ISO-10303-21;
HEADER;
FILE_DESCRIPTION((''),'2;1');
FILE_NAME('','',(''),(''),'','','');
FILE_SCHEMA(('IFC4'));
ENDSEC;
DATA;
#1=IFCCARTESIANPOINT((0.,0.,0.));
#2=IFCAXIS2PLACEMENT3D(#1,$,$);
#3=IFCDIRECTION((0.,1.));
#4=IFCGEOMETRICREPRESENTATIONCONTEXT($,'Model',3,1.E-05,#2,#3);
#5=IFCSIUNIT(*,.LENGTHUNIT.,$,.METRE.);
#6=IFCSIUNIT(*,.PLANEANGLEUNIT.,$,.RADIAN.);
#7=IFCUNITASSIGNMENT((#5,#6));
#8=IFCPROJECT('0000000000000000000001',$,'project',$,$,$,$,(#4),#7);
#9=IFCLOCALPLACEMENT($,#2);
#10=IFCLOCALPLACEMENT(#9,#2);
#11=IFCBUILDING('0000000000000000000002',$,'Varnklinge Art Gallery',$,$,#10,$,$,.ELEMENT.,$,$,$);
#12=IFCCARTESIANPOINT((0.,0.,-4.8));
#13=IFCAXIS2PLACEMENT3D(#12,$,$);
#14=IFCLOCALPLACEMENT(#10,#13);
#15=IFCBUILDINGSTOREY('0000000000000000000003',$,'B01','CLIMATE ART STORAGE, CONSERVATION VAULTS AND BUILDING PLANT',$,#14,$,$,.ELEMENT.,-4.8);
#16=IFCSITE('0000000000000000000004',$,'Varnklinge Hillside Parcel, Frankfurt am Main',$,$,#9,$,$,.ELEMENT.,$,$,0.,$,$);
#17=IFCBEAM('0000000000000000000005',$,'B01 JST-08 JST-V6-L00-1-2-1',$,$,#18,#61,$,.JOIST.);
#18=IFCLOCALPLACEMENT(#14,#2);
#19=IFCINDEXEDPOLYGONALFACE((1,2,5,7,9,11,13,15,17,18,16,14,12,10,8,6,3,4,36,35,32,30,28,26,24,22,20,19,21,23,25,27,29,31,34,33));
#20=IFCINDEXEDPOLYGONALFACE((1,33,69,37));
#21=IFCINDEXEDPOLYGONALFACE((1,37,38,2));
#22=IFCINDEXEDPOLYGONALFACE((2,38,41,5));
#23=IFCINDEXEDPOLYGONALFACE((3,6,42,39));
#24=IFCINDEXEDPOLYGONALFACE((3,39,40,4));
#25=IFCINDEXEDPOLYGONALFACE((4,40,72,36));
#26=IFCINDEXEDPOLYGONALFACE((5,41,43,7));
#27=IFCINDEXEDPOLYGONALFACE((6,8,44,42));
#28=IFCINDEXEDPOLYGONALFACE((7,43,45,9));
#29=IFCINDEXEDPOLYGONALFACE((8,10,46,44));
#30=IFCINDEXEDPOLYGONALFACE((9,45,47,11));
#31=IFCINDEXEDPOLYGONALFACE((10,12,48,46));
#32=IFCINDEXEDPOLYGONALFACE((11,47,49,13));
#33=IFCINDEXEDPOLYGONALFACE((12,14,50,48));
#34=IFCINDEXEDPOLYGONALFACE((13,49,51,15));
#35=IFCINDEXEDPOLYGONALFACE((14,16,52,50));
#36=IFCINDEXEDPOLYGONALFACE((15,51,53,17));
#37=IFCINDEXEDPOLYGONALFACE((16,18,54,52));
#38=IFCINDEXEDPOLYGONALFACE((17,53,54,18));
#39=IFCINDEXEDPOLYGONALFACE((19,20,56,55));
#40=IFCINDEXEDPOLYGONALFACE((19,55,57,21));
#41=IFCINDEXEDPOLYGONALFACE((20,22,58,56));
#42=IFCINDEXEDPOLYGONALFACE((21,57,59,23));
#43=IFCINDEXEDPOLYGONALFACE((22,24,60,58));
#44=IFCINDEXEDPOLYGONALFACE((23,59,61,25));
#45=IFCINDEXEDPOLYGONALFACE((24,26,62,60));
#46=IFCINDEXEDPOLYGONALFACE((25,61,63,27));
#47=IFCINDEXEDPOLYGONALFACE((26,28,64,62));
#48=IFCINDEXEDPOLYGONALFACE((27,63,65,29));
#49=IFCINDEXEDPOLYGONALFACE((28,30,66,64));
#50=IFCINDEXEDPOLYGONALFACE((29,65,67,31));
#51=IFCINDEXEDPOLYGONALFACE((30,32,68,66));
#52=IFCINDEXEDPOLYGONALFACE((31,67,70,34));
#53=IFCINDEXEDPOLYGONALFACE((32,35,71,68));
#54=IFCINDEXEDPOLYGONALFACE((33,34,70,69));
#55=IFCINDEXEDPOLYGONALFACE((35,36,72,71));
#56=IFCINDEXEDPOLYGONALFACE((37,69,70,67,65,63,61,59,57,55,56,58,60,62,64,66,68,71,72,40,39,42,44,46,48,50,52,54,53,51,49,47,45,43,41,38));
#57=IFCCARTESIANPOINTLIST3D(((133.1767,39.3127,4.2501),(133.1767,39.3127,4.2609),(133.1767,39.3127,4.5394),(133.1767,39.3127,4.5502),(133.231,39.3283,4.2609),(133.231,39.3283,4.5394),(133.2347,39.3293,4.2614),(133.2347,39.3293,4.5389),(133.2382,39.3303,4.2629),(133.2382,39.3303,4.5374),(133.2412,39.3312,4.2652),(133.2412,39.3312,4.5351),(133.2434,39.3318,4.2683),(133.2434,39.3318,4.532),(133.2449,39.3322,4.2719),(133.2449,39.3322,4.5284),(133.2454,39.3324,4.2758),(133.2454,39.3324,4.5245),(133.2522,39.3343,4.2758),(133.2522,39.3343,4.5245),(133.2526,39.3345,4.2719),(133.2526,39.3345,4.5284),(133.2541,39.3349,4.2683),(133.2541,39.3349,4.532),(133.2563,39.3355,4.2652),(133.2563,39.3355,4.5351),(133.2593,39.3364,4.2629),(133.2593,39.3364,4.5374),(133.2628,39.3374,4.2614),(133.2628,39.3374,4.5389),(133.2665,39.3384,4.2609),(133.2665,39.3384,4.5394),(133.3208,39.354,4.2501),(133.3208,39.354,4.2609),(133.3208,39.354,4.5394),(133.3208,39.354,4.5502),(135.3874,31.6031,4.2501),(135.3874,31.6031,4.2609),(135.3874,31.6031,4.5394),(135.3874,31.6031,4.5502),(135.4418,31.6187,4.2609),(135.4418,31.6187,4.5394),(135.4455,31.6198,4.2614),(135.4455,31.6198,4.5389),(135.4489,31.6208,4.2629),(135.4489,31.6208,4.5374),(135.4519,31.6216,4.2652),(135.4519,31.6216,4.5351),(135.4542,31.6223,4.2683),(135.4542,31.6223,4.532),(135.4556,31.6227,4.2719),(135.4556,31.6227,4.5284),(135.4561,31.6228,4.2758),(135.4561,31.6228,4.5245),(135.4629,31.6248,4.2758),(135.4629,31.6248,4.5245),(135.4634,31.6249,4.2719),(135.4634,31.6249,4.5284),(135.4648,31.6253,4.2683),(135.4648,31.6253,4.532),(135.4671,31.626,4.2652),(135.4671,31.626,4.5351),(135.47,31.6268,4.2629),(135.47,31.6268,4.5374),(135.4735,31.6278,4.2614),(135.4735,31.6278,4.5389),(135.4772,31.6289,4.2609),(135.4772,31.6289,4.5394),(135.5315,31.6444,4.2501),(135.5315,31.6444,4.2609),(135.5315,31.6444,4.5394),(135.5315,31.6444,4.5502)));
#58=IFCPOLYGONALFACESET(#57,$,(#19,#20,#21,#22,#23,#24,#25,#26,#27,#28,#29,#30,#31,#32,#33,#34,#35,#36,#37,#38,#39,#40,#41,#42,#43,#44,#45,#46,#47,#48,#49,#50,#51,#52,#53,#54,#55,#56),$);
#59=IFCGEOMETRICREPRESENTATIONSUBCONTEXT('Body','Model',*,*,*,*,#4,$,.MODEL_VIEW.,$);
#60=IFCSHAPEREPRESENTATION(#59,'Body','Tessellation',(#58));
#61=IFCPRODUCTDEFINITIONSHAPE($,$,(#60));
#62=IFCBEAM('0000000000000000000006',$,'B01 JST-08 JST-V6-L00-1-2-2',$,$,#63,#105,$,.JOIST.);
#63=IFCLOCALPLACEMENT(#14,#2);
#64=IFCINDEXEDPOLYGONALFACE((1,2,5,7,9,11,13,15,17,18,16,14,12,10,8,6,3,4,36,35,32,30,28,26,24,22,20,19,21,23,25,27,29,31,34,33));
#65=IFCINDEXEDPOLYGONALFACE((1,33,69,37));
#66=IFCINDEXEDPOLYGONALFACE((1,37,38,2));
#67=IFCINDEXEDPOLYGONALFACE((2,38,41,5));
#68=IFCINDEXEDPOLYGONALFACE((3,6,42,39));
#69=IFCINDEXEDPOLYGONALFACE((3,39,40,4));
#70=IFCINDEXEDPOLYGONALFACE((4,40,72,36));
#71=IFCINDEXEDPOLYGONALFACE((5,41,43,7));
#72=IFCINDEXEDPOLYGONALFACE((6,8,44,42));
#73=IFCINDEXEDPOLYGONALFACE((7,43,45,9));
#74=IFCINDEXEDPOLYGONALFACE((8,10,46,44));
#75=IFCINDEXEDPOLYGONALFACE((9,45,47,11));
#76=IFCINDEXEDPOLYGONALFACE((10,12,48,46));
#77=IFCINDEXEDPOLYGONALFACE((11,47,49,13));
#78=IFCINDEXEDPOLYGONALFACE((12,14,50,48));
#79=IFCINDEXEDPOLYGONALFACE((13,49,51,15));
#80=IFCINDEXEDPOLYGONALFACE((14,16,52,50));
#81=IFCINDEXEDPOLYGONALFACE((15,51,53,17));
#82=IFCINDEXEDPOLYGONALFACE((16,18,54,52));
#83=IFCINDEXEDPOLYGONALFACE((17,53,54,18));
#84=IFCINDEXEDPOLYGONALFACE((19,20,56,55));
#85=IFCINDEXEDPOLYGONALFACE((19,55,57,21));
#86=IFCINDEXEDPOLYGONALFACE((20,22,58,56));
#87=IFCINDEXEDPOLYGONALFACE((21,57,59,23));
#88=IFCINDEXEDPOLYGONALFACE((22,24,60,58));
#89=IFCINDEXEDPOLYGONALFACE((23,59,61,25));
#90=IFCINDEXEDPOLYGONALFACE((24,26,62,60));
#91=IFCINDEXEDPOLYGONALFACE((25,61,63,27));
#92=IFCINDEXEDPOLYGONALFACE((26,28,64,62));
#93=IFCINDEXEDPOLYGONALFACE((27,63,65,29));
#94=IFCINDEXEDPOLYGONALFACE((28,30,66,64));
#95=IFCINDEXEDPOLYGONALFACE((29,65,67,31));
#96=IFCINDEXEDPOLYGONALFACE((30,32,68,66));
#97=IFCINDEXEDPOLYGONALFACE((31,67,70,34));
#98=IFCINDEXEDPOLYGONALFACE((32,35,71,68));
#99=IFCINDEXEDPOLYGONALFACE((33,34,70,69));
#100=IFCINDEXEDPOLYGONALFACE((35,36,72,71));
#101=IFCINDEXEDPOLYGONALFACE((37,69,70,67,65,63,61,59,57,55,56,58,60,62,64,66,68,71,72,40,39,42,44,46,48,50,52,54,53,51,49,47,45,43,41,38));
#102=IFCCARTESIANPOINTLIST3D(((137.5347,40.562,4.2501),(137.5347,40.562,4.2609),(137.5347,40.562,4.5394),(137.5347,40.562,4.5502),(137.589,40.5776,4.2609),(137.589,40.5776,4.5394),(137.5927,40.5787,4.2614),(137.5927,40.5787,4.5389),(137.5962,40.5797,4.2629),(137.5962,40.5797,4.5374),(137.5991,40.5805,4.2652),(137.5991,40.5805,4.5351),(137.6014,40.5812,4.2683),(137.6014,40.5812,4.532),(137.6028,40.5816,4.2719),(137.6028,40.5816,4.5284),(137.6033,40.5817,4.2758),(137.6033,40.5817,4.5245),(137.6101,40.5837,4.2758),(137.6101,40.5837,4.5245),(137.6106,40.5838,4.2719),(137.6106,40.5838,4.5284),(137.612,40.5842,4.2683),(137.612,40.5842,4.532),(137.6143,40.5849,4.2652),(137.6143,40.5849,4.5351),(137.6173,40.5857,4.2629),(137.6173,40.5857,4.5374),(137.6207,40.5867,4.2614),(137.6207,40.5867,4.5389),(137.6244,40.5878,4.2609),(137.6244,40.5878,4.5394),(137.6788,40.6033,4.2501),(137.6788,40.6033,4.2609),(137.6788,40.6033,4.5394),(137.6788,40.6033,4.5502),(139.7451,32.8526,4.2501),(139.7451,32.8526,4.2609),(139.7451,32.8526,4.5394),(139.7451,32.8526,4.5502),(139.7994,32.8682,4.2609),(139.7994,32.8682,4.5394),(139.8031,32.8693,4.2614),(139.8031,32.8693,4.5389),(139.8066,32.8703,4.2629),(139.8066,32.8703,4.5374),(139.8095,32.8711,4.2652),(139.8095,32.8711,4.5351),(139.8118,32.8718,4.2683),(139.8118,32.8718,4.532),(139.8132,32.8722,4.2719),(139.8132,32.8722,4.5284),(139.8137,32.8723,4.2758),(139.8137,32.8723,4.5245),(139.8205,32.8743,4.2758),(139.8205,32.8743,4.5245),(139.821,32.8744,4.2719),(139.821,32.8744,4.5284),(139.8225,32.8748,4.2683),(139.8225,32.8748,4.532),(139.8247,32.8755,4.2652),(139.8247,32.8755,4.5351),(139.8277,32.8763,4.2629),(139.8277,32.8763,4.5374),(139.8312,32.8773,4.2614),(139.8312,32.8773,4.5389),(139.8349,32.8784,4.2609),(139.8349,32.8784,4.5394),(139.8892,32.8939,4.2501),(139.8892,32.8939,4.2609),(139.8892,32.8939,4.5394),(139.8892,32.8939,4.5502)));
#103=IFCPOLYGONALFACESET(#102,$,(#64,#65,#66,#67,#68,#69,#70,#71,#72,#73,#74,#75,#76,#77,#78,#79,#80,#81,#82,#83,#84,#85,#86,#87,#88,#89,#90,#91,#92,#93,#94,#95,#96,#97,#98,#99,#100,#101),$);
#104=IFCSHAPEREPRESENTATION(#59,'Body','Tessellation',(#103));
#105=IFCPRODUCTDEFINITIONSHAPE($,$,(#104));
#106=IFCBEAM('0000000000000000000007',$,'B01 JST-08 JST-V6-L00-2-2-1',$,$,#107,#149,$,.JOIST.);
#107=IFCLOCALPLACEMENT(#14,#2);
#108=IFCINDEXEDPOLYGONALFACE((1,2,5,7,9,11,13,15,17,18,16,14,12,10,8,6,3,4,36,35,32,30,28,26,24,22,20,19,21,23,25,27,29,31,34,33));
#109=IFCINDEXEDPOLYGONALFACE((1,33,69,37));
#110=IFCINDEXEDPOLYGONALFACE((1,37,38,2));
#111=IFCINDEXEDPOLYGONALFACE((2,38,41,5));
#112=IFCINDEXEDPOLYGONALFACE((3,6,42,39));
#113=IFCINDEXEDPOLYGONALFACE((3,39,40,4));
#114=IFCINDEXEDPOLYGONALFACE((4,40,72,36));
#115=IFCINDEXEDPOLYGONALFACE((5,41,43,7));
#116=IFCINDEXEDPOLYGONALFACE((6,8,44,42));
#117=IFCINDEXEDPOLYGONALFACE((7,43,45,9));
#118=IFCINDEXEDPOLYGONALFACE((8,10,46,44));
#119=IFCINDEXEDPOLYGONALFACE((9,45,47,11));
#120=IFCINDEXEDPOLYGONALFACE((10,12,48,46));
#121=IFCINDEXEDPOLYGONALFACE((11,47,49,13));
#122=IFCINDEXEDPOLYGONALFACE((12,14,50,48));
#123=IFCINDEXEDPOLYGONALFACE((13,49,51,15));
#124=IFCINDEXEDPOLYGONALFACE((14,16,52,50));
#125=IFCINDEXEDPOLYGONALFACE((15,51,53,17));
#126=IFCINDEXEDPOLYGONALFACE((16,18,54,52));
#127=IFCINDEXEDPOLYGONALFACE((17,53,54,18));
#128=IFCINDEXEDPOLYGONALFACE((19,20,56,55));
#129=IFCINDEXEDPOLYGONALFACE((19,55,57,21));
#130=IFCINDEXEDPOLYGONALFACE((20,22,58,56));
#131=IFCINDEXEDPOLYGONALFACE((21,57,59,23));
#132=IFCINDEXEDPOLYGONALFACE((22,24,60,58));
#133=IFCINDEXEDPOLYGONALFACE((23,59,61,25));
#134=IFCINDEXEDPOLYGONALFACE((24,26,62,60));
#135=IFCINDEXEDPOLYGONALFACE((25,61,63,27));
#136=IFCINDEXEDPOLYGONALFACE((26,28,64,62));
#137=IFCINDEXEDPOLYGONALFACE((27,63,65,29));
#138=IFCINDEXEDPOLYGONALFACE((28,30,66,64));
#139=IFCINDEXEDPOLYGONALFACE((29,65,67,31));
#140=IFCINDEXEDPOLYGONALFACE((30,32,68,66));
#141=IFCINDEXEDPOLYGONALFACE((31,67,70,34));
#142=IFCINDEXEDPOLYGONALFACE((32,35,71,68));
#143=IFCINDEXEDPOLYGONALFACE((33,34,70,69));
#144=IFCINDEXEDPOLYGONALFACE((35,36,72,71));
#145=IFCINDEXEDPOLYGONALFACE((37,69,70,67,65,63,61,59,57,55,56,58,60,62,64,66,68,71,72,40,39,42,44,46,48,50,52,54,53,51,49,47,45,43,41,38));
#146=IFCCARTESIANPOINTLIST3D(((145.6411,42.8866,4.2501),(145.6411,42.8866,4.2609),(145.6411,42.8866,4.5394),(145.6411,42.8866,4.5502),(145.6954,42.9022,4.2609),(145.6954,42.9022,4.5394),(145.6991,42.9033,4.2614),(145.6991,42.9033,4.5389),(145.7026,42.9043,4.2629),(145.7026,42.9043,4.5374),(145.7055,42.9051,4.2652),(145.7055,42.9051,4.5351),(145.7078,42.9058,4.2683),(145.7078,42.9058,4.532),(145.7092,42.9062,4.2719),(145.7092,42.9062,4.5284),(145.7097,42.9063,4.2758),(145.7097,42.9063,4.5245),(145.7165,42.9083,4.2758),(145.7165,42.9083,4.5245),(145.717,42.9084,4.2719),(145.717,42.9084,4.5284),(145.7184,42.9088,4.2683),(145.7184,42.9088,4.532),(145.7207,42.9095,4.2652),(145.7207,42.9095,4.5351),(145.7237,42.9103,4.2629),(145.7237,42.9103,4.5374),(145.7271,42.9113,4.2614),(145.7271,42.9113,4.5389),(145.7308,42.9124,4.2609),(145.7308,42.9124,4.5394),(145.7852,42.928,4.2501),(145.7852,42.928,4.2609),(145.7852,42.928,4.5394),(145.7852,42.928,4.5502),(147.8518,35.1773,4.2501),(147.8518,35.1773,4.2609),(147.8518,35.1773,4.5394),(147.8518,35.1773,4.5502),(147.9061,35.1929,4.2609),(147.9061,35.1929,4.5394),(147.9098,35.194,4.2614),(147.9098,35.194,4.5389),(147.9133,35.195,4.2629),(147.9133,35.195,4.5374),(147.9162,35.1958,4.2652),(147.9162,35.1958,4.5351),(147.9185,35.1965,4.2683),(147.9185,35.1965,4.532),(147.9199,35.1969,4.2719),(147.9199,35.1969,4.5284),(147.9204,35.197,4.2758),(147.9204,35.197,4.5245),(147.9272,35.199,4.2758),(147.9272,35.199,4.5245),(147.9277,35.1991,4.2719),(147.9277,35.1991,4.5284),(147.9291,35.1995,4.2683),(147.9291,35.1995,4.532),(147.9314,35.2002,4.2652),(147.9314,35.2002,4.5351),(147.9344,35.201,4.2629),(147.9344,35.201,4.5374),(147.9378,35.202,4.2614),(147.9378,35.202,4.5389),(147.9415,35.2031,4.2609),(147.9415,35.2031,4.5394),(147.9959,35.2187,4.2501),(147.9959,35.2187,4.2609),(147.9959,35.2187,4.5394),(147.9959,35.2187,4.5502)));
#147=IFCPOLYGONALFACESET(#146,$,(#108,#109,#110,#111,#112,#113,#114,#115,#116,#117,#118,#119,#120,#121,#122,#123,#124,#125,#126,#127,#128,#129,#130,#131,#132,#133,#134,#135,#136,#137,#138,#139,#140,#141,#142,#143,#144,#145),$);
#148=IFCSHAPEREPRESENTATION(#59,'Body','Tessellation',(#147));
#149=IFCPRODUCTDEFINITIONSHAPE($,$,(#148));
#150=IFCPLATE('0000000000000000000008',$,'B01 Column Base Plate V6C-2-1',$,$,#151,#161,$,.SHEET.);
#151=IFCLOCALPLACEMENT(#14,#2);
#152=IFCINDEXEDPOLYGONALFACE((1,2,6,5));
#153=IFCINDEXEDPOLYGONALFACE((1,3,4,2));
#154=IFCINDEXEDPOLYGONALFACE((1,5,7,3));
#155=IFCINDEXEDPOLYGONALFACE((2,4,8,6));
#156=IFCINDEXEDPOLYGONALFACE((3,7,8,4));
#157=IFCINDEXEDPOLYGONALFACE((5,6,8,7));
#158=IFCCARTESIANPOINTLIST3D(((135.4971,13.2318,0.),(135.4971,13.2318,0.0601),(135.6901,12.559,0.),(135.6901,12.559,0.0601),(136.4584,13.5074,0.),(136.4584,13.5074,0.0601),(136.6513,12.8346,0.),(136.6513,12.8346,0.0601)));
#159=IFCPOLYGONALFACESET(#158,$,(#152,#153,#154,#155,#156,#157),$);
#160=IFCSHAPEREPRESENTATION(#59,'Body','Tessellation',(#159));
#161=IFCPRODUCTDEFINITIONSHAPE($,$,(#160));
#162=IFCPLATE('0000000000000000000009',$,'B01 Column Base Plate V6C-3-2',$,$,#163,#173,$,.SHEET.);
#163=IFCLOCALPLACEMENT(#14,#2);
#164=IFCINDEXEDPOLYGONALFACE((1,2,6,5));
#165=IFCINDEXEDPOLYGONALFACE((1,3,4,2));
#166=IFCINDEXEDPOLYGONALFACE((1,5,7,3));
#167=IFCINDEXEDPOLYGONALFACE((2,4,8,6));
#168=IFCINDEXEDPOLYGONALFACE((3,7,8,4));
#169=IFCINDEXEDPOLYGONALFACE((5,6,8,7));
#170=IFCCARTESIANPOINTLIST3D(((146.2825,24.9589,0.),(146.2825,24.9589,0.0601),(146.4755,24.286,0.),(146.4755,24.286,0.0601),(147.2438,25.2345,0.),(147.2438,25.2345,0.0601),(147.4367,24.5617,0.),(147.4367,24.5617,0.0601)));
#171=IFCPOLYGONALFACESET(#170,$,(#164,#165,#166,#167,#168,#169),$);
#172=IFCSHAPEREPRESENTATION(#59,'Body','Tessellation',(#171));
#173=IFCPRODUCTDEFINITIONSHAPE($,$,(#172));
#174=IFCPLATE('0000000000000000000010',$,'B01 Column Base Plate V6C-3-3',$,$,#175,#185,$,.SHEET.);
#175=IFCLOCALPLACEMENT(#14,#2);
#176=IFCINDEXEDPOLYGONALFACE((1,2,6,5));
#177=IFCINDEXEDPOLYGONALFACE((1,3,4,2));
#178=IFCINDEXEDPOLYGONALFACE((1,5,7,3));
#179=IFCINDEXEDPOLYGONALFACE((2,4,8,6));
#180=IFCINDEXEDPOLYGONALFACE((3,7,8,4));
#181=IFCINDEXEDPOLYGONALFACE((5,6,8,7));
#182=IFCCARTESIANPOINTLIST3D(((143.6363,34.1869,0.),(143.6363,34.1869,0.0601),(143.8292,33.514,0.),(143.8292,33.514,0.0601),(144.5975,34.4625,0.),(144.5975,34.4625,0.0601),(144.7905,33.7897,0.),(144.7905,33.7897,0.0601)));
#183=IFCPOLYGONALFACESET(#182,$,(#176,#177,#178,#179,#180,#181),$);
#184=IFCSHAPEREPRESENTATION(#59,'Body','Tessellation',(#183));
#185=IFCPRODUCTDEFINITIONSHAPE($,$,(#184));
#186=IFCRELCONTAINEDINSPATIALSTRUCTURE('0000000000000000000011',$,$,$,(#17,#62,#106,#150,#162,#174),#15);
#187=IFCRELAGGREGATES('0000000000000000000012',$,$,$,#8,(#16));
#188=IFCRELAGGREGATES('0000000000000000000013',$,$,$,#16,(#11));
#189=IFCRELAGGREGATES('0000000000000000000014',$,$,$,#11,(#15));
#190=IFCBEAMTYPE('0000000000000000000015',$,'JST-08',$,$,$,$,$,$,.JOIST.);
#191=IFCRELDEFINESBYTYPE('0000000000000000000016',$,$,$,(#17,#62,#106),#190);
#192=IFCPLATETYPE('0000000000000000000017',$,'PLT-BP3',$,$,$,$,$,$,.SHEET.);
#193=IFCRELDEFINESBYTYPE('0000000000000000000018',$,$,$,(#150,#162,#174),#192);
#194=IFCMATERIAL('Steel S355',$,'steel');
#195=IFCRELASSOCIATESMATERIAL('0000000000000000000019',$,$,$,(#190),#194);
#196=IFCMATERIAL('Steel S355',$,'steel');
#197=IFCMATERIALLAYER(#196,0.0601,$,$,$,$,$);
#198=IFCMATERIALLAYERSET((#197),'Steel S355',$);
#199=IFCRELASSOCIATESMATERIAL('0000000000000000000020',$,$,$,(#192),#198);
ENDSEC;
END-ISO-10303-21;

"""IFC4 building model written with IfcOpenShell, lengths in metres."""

from ifc_helpers import new_model, si_unit, direction, frame, origin, origin_2d, place, context, subcontext, project, spatial, rectangle, i_section, extrude, material, layer, layer_set, material_profile, profile_set, type_object, element, save


model = new_model("IFC4")

# Units and contexts
model_context = context("Model", 3, precision=1e-05, world=origin(), true_north=direction((0.0, 1.0)))
body_context = subcontext(model_context, "Body", "Model", "MODEL_VIEW")
ifc_project = project(units=[si_unit("LENGTHUNIT", "METRE"), si_unit("PLANEANGLEUNIT", "RADIAN")], contexts=[model_context])

# Site, building, storey
site_placement = place(None, origin())
site = spatial("IfcSite", under=ifc_project, at=site_placement, Name="Varnklinge Hillside Parcel, Frankfurt am Main", CompositionType="ELEMENT", RefElevation=0.0)
building_placement = place(site_placement, origin())
building = spatial("IfcBuilding", under=site, at=building_placement, Name="Varnklinge Art Gallery", CompositionType="ELEMENT")
storey_placement = place(building_placement, frame((0.0, 0.0, -4.8)))
storey = spatial("IfcBuildingStorey", under=building, at=storey_placement, Name="B01", Description="CLIMATE ART STORAGE, CONSERVATION VAULTS AND BUILDING PLANT", CompositionType="ELEMENT", Elevation=-4.8)

# Beams
ifc_material_1 = material(Name="Steel S355", Category="steel")
ifc_material_profile_1 = material_profile(ifc_material_1, i_section(OverallWidth=0.1499, OverallDepth=0.3, WebThickness=0.0071, FlangeThickness=0.0107, FilletRadius=0.0149, at=origin_2d()), Name="IPE 300")
ifc_profile_set_1 = profile_set([ifc_material_profile_1], Name="Steel S355")
beam_type_1 = type_object("IfcBeamType", Name="JST-08", PredefinedType="JOIST", material=ifc_profile_set_1)
for number, where, z_axis, x_axis, name in (
    (1, (135.4595, 31.6238, 4.4001), (-0.275642, 0.96126, 0.0), (-0.96126, -0.275642, 0.0), "B01 JST-08 JST-V6-L00-1-2-1"),
):
    element("IfcBeam", number, at=place(storey_placement, frame(where, z_axis=z_axis, x_axis=x_axis)), inside=storey, type_object=beam_type_1, Name=name, PredefinedType="JOIST", context=body_context, shape_type="SweptSolid", body=[
        extrude(i_section(OverallWidth=0.1499, OverallDepth=0.3, WebThickness=0.0071, FlangeThickness=0.0107, FilletRadius=0.0149, at=origin_2d()), origin(), (0.0, 0.0, 1.0), 8.0203),
    ])
for number, where, z_axis, x_axis, name in (
    (2, (139.8171, 32.8733, 4.4001), (-0.275614, 0.961269, 0.0), (-0.961269, -0.275614, 0.0), "B01 JST-08 JST-V6-L00-1-2-2"),
    (3, (147.9238, 35.198, 4.4001), (-0.27565, 0.961258, 0.0), (-0.961258, -0.27565, 0.0), "B01 JST-08 JST-V6-L00-2-2-1"),
):
    element("IfcBeam", number, at=place(storey_placement, frame(where, z_axis=z_axis, x_axis=x_axis)), inside=storey, type_object=beam_type_1, Name=name, PredefinedType="JOIST", context=body_context, shape_type="SweptSolid", body=[
        extrude(i_section(OverallWidth=0.1499, OverallDepth=0.3, WebThickness=0.0071, FlangeThickness=0.0107, FilletRadius=0.0149, at=origin_2d()), origin(), (0.0, 0.0, 1.0), 8.02),
    ])

# Plates
ifc_material_2 = material(Name="Steel S355", Category="steel")
ifc_layer = layer(ifc_material_2, 0.0601)
ifc_layer_set = layer_set([ifc_layer], Name="Steel S355")
plate_type = type_object("IfcPlateType", Name="PLT-BP3", PredefinedType="SHEET", material=ifc_layer_set)
for number, where, z_axis, x_axis, name in (
    (4, (136.0742, 13.0332, 0.0), (0.0, 0.0, 1.0), (0.961262, 0.275637, 0.0), "B01 Column Base Plate V6C-2-1"),
    (5, (146.8596, 24.7603, 0.0), (0.0, 0.0, 1.0), (0.961262, 0.275637, 0.0), "B01 Column Base Plate V6C-3-2"),
    (6, (144.2134, 33.9883, 0.0), (0.0, 0.0, 1.0), (0.961262, 0.275637, 0.0), "B01 Column Base Plate V6C-3-3"),
):
    element("IfcPlate", number, at=place(storey_placement, frame(where, z_axis=z_axis, x_axis=x_axis)), inside=storey, type_object=plate_type, Name=name, PredefinedType="SHEET", context=body_context, shape_type="SweptSolid", body=[
        extrude(rectangle(XDim=1.0, YDim=0.7, at=origin_2d()), origin(), (0.0, 0.0, 1.0), 0.0601),
    ])

save(model, "model.ifc")
